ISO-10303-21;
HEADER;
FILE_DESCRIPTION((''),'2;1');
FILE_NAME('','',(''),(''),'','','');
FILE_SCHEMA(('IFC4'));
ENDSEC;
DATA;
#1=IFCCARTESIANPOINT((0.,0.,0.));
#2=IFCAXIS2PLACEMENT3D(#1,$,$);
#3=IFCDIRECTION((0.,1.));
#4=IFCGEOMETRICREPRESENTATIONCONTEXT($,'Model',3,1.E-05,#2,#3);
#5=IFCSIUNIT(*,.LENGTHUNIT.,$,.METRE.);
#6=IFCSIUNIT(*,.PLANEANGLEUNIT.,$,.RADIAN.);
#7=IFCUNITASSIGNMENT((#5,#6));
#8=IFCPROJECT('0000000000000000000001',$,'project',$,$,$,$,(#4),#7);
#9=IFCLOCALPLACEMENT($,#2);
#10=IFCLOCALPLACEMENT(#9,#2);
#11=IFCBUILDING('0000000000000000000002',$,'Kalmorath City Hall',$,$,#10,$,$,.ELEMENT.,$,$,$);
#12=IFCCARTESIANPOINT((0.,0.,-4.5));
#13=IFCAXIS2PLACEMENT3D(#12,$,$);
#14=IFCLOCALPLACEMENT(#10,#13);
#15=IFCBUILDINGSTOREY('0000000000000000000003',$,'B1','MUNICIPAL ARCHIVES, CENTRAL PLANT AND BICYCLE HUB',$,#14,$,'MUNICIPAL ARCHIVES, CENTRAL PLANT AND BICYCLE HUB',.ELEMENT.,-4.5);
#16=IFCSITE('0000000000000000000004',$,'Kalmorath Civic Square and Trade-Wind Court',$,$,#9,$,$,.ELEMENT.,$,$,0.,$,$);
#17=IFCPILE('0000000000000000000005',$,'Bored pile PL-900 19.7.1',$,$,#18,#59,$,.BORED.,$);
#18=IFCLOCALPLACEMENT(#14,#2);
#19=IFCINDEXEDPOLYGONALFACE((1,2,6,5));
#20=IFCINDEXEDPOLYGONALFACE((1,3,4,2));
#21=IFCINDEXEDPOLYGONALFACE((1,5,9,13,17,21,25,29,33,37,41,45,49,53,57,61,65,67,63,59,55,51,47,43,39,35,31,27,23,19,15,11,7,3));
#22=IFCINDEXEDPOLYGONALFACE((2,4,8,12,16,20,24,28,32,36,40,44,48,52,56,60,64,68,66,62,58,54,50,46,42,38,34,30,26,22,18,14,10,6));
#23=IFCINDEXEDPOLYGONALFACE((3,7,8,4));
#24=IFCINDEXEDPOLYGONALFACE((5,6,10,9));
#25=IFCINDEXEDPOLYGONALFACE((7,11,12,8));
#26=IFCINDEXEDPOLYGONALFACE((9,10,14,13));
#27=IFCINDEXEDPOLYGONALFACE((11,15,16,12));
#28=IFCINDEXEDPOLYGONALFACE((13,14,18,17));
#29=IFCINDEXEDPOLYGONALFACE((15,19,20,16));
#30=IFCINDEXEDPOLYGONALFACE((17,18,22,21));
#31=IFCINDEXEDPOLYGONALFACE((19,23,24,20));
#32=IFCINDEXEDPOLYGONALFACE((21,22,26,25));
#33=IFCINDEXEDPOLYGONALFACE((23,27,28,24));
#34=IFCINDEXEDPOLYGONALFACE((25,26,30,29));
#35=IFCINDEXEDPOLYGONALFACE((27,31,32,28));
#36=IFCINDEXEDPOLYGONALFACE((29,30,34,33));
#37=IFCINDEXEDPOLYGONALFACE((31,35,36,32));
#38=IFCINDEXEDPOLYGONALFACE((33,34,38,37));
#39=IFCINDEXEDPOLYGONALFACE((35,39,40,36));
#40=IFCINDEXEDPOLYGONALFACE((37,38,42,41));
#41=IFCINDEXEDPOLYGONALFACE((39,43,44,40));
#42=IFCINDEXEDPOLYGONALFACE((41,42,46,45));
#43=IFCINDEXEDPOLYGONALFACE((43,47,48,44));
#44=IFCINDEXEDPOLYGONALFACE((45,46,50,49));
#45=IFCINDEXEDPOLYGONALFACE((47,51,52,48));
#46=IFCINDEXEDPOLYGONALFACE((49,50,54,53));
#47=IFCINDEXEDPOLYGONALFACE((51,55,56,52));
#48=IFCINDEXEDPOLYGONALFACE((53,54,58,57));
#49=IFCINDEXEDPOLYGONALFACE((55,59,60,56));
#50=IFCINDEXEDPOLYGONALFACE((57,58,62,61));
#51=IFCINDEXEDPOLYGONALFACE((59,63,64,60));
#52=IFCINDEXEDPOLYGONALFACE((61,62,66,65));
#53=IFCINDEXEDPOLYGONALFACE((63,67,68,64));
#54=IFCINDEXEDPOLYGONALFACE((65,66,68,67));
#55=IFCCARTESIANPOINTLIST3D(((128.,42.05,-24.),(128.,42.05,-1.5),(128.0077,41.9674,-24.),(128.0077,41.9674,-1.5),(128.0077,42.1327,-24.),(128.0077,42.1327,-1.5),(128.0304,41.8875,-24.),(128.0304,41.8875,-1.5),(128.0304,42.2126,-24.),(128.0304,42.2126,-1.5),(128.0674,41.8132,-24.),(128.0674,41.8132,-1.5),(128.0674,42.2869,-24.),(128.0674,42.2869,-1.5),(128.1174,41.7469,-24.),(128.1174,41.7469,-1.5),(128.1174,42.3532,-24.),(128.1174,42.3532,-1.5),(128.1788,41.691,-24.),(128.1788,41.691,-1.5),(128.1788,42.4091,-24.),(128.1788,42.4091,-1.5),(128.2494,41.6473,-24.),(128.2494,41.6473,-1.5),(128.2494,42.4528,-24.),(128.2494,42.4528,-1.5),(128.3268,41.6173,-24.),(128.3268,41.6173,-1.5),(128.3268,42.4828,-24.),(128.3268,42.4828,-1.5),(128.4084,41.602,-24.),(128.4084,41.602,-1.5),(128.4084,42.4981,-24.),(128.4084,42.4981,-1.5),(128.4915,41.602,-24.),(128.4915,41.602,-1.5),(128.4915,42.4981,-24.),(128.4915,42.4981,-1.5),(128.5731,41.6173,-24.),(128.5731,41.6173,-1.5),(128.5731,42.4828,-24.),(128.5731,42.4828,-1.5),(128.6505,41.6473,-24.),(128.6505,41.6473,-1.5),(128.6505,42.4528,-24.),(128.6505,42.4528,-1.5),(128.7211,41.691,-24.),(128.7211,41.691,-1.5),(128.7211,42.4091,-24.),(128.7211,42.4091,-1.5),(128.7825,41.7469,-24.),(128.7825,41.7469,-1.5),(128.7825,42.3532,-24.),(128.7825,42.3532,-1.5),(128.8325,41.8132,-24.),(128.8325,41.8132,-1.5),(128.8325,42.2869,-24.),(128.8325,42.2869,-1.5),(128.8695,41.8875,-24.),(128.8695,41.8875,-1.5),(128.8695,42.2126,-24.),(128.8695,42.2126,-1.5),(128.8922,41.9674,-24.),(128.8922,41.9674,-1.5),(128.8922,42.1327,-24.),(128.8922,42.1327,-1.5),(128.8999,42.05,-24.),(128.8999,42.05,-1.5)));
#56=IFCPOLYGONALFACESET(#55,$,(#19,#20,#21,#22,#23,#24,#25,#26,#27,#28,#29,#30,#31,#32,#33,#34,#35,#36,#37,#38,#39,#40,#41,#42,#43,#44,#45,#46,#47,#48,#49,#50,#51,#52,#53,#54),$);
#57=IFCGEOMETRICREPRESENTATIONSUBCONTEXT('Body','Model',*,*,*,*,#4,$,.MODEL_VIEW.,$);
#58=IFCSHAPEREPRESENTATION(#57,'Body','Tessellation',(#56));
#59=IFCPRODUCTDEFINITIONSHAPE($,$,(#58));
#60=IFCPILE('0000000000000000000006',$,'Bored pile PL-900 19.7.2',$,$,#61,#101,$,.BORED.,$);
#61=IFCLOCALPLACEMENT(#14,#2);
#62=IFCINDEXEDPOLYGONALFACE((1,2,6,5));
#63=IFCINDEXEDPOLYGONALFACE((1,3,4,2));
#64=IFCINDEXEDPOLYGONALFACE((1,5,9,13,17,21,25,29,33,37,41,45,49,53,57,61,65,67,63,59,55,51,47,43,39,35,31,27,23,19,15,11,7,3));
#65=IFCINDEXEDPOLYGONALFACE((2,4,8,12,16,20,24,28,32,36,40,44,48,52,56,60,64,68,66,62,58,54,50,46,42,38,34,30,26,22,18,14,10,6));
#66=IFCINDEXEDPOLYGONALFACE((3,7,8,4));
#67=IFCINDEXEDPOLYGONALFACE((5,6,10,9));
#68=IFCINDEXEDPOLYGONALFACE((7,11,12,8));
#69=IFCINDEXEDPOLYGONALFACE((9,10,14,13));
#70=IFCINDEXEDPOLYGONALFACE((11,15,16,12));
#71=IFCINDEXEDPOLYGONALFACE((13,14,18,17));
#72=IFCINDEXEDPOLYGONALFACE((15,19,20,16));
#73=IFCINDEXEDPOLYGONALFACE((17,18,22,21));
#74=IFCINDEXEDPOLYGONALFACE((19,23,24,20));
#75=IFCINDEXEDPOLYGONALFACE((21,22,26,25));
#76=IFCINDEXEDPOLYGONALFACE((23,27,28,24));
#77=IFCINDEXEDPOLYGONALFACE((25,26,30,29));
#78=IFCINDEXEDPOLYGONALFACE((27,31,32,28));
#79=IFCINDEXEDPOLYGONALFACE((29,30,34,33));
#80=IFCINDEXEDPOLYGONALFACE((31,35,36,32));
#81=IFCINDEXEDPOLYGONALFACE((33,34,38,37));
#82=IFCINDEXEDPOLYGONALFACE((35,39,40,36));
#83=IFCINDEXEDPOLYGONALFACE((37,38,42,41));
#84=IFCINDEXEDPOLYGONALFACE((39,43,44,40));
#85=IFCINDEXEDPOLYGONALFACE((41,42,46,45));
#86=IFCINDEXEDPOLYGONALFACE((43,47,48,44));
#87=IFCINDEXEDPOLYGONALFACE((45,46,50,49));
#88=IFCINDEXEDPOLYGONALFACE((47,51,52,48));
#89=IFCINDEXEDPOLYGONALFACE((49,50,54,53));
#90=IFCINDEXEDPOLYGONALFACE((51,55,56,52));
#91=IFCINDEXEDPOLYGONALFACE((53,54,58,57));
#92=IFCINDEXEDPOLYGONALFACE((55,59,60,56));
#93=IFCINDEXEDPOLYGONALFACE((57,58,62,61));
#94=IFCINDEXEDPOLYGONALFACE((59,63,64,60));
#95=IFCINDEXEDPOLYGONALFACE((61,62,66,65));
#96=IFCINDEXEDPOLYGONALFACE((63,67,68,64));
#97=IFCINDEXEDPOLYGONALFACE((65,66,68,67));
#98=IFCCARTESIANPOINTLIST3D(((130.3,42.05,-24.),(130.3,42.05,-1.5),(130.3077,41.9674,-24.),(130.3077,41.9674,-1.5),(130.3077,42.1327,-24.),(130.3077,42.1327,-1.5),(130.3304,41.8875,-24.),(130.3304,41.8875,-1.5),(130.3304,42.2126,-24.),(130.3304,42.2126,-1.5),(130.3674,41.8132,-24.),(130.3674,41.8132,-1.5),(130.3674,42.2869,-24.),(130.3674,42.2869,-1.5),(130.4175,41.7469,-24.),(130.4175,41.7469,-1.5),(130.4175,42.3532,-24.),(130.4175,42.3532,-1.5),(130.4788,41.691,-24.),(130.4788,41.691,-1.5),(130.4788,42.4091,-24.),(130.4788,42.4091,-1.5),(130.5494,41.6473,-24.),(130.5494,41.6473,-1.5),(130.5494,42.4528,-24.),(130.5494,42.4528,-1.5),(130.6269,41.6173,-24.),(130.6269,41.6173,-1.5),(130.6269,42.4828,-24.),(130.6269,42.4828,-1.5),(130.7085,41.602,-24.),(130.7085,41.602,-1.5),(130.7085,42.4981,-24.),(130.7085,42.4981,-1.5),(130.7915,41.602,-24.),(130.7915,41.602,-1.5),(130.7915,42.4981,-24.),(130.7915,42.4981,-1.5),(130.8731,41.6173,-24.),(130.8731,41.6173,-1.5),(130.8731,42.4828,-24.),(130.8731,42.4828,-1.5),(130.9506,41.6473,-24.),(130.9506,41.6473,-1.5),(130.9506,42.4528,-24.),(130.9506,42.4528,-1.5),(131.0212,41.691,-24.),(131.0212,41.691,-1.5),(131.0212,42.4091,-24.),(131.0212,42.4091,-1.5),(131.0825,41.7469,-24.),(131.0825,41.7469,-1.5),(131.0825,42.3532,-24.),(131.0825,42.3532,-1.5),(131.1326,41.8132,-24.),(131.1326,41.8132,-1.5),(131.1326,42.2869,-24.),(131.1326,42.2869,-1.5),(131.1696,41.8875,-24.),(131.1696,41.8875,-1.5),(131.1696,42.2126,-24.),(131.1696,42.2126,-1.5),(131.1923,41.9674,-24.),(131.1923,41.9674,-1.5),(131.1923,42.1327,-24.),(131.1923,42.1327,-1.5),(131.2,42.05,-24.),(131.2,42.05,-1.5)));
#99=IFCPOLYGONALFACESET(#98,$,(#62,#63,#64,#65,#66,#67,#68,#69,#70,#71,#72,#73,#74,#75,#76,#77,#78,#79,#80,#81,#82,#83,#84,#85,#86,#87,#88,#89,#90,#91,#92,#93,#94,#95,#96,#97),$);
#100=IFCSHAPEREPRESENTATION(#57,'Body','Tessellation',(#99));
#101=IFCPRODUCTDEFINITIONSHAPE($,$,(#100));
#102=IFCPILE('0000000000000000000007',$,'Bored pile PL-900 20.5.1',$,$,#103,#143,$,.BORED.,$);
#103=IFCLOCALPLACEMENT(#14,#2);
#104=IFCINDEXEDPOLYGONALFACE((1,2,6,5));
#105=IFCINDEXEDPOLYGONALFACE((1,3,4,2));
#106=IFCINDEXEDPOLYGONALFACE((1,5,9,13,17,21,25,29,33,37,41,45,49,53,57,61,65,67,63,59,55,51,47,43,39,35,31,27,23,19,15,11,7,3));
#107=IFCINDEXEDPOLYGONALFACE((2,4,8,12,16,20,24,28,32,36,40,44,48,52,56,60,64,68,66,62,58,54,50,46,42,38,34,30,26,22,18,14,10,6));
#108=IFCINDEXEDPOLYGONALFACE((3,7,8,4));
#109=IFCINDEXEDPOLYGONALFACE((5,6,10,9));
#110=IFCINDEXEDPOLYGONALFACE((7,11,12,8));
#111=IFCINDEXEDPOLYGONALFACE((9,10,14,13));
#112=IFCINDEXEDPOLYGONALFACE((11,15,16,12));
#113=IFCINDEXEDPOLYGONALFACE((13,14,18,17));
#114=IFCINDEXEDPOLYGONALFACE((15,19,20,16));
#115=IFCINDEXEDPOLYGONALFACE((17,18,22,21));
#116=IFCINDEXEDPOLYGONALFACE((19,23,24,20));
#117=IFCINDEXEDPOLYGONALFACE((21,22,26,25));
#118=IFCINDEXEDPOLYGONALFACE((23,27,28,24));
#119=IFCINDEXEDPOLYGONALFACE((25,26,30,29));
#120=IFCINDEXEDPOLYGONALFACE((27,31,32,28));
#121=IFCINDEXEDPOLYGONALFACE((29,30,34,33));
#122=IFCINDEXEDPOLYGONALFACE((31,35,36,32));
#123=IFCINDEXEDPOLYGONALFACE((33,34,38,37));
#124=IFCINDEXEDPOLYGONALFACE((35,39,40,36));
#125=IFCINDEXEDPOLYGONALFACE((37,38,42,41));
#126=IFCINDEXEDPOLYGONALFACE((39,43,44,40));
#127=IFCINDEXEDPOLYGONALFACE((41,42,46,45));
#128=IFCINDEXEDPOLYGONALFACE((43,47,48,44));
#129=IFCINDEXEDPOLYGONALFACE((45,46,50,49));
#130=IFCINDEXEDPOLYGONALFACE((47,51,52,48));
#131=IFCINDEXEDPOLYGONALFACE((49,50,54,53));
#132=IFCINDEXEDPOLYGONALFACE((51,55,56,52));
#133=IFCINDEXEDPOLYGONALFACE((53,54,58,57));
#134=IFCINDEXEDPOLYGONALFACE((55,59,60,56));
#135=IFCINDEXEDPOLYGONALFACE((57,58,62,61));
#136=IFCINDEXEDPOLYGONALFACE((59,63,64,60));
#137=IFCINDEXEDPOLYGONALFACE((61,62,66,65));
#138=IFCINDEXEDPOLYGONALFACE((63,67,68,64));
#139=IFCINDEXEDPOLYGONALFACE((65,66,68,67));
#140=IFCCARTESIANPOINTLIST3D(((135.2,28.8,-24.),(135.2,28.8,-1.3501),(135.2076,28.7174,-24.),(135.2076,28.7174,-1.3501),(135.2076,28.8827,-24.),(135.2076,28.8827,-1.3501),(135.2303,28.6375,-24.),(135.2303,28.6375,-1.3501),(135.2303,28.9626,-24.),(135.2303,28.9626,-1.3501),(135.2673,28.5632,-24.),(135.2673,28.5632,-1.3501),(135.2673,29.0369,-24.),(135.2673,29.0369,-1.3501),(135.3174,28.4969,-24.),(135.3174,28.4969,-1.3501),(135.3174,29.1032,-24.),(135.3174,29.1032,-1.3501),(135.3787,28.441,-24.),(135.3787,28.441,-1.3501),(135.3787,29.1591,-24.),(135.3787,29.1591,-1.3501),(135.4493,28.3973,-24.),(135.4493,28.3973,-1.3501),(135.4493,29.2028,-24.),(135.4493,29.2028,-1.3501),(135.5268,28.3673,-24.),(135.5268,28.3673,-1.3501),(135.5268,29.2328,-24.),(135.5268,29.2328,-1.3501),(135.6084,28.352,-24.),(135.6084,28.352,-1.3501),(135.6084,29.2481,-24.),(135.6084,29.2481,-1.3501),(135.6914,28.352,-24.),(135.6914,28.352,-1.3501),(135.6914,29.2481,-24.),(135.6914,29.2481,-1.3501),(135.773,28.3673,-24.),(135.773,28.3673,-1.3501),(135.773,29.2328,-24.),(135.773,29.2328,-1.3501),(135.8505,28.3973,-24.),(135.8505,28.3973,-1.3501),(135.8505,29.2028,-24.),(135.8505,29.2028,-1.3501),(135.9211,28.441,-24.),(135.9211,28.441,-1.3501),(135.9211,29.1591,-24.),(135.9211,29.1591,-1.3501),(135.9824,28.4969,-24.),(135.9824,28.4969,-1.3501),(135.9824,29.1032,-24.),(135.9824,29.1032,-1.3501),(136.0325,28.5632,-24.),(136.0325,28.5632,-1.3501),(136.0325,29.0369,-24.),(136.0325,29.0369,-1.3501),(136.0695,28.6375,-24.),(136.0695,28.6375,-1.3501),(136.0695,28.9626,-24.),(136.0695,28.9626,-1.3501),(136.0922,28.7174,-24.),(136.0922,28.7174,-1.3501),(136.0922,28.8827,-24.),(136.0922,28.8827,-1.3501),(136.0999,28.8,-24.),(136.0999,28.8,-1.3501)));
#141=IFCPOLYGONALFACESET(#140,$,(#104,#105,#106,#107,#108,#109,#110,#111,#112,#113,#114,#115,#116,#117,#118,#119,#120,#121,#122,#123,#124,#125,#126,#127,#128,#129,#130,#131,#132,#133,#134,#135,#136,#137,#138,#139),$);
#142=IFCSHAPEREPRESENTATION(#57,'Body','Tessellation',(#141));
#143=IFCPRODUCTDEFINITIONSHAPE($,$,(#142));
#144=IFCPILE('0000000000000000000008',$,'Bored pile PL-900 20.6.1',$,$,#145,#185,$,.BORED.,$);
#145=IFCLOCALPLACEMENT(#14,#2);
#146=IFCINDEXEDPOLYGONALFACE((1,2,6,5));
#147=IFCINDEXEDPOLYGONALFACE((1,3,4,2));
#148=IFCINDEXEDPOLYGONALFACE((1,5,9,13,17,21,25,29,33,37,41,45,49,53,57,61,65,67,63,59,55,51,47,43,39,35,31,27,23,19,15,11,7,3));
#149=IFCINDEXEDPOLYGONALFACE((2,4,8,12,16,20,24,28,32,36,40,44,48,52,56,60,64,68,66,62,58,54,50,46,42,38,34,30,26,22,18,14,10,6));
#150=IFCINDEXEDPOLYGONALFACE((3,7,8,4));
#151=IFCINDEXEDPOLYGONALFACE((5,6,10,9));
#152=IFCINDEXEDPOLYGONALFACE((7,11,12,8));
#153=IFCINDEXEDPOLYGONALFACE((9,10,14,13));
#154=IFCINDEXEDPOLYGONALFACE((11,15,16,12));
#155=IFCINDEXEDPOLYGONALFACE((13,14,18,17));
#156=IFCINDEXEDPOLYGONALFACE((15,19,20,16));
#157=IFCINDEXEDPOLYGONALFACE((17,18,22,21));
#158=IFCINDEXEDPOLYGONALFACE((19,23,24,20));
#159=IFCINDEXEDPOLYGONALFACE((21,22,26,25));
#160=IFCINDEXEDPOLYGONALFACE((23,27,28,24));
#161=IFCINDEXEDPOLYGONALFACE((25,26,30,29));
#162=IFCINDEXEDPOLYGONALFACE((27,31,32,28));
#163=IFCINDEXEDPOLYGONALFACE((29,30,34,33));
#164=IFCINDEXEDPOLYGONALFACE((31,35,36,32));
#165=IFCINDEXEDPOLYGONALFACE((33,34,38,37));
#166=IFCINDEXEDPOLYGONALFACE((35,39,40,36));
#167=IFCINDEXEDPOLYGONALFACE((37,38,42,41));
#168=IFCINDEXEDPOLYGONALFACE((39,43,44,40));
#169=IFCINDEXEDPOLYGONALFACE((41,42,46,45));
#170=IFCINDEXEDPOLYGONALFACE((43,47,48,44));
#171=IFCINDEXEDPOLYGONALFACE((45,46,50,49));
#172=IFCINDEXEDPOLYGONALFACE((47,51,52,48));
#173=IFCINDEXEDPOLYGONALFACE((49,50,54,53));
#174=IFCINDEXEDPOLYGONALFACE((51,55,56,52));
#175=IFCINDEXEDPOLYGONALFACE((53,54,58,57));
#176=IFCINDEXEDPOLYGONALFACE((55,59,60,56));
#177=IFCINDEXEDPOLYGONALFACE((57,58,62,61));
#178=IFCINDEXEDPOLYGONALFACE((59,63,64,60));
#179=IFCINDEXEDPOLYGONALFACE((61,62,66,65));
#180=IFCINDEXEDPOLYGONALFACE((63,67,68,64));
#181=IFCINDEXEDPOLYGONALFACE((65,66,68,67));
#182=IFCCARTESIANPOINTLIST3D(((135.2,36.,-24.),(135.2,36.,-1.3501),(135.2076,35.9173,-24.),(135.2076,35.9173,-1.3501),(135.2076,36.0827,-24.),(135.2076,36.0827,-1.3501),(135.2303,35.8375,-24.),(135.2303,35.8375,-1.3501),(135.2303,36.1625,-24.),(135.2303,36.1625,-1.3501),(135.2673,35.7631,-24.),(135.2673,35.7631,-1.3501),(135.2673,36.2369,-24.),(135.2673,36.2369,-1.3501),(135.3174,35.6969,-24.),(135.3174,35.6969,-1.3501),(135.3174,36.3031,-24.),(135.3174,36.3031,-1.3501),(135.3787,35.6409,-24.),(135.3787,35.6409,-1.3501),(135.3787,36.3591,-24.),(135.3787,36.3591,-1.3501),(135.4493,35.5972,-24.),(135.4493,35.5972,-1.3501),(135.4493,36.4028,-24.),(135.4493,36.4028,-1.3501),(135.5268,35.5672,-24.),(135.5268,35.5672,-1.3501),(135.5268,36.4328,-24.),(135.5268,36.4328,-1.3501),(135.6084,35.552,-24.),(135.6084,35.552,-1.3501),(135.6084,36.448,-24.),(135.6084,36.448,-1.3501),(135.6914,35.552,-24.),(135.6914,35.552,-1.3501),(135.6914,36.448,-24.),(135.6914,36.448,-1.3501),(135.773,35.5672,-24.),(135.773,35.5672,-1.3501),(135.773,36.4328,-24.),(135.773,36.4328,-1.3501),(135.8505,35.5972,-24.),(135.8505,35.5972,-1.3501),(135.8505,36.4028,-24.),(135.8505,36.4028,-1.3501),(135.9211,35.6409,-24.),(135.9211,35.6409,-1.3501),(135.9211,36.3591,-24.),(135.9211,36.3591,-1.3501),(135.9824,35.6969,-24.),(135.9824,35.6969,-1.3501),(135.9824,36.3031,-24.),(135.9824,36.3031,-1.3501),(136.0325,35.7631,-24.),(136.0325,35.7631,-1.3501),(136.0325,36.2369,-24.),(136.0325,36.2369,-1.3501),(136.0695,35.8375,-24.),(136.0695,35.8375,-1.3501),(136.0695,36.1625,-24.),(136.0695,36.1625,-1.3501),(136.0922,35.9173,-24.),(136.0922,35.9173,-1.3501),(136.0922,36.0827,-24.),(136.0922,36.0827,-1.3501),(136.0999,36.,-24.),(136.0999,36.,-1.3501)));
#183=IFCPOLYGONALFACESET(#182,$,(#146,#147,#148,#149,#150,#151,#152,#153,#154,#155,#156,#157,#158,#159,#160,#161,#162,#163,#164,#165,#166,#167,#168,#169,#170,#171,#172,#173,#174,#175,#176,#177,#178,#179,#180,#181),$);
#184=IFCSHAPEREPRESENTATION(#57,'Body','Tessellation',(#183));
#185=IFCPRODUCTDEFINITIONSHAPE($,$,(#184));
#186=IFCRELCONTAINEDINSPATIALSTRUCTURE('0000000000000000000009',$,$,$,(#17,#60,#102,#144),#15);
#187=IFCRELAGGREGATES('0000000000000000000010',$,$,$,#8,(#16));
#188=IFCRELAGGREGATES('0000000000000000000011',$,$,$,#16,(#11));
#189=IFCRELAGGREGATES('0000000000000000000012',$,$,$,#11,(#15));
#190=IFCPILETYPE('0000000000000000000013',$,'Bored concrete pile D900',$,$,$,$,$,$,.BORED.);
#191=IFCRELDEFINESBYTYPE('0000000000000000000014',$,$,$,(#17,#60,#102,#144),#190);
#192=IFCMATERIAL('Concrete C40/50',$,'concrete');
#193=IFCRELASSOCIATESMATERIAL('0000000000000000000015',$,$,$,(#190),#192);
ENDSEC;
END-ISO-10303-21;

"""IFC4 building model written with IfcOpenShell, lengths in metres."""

from ifc_helpers import new_model, si_unit, direction, frame, origin, origin_2d, place, context, subcontext, project, spatial, circle, extrude, material, material_profile, profile_set, type_object, element, save


model = new_model("IFC4")

# Units and contexts
model_context = context("Model", 3, precision=1e-05, world=origin(), true_north=direction((0.0, 1.0)))
body_context = subcontext(model_context, "Body", "Model", "MODEL_VIEW")
ifc_project = project(units=[si_unit("LENGTHUNIT", "METRE"), si_unit("PLANEANGLEUNIT", "RADIAN")], contexts=[model_context])

# Site, building, storey
site_placement = place(None, origin())
site = spatial("IfcSite", under=ifc_project, at=site_placement, Name="Kalmorath Civic Square and Trade-Wind Court", CompositionType="ELEMENT", RefElevation=0.0)
building_placement = place(site_placement, origin())
building = spatial("IfcBuilding", under=site, at=building_placement, Name="Kalmorath City Hall", CompositionType="ELEMENT")
storey_placement = place(building_placement, frame((0.0, 0.0, -4.5)))
storey = spatial("IfcBuildingStorey", under=building, at=storey_placement, Name="B1", Description="MUNICIPAL ARCHIVES, CENTRAL PLANT AND BICYCLE HUB", LongName="MUNICIPAL ARCHIVES, CENTRAL PLANT AND BICYCLE HUB", CompositionType="ELEMENT", Elevation=-4.5)

# Piles
ifc_material_1 = material(Name="Concrete C40/50", Category="concrete")
ifc_material_profile_1 = material_profile(ifc_material_1, circle(Radius=0.45, at=origin_2d()), Name="PILE-D900")
ifc_profile_set_1 = profile_set([ifc_material_profile_1], Name="Concrete C40/50")
pile_type = type_object("IfcPileType", Name="Bored concrete pile D900", PredefinedType="BORED", material=ifc_profile_set_1)
for number, where, z_axis, x_axis, name in (
    (1, (128.45, 42.05, -1.5), (0.0, 0.0, -1.0), (1.0, 0.0, 0.0), "Bored pile PL-900 19.7.1"),
    (2, (130.75, 42.05, -1.5), (0.0, 0.0, -1.0), (1.0, 0.0, 0.0), "Bored pile PL-900 19.7.2"),
):
    element("IfcPile", number, at=place(storey_placement, frame(where, z_axis=z_axis, x_axis=x_axis)), inside=storey, type_object=pile_type, Name=name, PredefinedType="BORED", context=body_context, shape_type="SweptSolid", body=[
        extrude(circle(Radius=0.45, at=origin_2d()), origin(), (0.0, 0.0, 1.0), 22.5),
    ])
for number, where, z_axis, x_axis, name in (
    (3, (135.6499, 28.8, -1.3501), (0.0, 0.0, -1.0), (1.0, 0.0, 0.0), "Bored pile PL-900 20.5.1"),
    (4, (135.6499, 36.0, -1.3501), (0.0, 0.0, -1.0), (1.0, 0.0, 0.0), "Bored pile PL-900 20.6.1"),
):
    element("IfcPile", number, at=place(storey_placement, frame(where, z_axis=z_axis, x_axis=x_axis)), inside=storey, type_object=pile_type, Name=name, PredefinedType="BORED", context=body_context, shape_type="SweptSolid", body=[
        extrude(circle(Radius=0.45, at=origin_2d()), origin(), (0.0, 0.0, 1.0), 22.6499),
    ])

save(model, "model.ifc")
